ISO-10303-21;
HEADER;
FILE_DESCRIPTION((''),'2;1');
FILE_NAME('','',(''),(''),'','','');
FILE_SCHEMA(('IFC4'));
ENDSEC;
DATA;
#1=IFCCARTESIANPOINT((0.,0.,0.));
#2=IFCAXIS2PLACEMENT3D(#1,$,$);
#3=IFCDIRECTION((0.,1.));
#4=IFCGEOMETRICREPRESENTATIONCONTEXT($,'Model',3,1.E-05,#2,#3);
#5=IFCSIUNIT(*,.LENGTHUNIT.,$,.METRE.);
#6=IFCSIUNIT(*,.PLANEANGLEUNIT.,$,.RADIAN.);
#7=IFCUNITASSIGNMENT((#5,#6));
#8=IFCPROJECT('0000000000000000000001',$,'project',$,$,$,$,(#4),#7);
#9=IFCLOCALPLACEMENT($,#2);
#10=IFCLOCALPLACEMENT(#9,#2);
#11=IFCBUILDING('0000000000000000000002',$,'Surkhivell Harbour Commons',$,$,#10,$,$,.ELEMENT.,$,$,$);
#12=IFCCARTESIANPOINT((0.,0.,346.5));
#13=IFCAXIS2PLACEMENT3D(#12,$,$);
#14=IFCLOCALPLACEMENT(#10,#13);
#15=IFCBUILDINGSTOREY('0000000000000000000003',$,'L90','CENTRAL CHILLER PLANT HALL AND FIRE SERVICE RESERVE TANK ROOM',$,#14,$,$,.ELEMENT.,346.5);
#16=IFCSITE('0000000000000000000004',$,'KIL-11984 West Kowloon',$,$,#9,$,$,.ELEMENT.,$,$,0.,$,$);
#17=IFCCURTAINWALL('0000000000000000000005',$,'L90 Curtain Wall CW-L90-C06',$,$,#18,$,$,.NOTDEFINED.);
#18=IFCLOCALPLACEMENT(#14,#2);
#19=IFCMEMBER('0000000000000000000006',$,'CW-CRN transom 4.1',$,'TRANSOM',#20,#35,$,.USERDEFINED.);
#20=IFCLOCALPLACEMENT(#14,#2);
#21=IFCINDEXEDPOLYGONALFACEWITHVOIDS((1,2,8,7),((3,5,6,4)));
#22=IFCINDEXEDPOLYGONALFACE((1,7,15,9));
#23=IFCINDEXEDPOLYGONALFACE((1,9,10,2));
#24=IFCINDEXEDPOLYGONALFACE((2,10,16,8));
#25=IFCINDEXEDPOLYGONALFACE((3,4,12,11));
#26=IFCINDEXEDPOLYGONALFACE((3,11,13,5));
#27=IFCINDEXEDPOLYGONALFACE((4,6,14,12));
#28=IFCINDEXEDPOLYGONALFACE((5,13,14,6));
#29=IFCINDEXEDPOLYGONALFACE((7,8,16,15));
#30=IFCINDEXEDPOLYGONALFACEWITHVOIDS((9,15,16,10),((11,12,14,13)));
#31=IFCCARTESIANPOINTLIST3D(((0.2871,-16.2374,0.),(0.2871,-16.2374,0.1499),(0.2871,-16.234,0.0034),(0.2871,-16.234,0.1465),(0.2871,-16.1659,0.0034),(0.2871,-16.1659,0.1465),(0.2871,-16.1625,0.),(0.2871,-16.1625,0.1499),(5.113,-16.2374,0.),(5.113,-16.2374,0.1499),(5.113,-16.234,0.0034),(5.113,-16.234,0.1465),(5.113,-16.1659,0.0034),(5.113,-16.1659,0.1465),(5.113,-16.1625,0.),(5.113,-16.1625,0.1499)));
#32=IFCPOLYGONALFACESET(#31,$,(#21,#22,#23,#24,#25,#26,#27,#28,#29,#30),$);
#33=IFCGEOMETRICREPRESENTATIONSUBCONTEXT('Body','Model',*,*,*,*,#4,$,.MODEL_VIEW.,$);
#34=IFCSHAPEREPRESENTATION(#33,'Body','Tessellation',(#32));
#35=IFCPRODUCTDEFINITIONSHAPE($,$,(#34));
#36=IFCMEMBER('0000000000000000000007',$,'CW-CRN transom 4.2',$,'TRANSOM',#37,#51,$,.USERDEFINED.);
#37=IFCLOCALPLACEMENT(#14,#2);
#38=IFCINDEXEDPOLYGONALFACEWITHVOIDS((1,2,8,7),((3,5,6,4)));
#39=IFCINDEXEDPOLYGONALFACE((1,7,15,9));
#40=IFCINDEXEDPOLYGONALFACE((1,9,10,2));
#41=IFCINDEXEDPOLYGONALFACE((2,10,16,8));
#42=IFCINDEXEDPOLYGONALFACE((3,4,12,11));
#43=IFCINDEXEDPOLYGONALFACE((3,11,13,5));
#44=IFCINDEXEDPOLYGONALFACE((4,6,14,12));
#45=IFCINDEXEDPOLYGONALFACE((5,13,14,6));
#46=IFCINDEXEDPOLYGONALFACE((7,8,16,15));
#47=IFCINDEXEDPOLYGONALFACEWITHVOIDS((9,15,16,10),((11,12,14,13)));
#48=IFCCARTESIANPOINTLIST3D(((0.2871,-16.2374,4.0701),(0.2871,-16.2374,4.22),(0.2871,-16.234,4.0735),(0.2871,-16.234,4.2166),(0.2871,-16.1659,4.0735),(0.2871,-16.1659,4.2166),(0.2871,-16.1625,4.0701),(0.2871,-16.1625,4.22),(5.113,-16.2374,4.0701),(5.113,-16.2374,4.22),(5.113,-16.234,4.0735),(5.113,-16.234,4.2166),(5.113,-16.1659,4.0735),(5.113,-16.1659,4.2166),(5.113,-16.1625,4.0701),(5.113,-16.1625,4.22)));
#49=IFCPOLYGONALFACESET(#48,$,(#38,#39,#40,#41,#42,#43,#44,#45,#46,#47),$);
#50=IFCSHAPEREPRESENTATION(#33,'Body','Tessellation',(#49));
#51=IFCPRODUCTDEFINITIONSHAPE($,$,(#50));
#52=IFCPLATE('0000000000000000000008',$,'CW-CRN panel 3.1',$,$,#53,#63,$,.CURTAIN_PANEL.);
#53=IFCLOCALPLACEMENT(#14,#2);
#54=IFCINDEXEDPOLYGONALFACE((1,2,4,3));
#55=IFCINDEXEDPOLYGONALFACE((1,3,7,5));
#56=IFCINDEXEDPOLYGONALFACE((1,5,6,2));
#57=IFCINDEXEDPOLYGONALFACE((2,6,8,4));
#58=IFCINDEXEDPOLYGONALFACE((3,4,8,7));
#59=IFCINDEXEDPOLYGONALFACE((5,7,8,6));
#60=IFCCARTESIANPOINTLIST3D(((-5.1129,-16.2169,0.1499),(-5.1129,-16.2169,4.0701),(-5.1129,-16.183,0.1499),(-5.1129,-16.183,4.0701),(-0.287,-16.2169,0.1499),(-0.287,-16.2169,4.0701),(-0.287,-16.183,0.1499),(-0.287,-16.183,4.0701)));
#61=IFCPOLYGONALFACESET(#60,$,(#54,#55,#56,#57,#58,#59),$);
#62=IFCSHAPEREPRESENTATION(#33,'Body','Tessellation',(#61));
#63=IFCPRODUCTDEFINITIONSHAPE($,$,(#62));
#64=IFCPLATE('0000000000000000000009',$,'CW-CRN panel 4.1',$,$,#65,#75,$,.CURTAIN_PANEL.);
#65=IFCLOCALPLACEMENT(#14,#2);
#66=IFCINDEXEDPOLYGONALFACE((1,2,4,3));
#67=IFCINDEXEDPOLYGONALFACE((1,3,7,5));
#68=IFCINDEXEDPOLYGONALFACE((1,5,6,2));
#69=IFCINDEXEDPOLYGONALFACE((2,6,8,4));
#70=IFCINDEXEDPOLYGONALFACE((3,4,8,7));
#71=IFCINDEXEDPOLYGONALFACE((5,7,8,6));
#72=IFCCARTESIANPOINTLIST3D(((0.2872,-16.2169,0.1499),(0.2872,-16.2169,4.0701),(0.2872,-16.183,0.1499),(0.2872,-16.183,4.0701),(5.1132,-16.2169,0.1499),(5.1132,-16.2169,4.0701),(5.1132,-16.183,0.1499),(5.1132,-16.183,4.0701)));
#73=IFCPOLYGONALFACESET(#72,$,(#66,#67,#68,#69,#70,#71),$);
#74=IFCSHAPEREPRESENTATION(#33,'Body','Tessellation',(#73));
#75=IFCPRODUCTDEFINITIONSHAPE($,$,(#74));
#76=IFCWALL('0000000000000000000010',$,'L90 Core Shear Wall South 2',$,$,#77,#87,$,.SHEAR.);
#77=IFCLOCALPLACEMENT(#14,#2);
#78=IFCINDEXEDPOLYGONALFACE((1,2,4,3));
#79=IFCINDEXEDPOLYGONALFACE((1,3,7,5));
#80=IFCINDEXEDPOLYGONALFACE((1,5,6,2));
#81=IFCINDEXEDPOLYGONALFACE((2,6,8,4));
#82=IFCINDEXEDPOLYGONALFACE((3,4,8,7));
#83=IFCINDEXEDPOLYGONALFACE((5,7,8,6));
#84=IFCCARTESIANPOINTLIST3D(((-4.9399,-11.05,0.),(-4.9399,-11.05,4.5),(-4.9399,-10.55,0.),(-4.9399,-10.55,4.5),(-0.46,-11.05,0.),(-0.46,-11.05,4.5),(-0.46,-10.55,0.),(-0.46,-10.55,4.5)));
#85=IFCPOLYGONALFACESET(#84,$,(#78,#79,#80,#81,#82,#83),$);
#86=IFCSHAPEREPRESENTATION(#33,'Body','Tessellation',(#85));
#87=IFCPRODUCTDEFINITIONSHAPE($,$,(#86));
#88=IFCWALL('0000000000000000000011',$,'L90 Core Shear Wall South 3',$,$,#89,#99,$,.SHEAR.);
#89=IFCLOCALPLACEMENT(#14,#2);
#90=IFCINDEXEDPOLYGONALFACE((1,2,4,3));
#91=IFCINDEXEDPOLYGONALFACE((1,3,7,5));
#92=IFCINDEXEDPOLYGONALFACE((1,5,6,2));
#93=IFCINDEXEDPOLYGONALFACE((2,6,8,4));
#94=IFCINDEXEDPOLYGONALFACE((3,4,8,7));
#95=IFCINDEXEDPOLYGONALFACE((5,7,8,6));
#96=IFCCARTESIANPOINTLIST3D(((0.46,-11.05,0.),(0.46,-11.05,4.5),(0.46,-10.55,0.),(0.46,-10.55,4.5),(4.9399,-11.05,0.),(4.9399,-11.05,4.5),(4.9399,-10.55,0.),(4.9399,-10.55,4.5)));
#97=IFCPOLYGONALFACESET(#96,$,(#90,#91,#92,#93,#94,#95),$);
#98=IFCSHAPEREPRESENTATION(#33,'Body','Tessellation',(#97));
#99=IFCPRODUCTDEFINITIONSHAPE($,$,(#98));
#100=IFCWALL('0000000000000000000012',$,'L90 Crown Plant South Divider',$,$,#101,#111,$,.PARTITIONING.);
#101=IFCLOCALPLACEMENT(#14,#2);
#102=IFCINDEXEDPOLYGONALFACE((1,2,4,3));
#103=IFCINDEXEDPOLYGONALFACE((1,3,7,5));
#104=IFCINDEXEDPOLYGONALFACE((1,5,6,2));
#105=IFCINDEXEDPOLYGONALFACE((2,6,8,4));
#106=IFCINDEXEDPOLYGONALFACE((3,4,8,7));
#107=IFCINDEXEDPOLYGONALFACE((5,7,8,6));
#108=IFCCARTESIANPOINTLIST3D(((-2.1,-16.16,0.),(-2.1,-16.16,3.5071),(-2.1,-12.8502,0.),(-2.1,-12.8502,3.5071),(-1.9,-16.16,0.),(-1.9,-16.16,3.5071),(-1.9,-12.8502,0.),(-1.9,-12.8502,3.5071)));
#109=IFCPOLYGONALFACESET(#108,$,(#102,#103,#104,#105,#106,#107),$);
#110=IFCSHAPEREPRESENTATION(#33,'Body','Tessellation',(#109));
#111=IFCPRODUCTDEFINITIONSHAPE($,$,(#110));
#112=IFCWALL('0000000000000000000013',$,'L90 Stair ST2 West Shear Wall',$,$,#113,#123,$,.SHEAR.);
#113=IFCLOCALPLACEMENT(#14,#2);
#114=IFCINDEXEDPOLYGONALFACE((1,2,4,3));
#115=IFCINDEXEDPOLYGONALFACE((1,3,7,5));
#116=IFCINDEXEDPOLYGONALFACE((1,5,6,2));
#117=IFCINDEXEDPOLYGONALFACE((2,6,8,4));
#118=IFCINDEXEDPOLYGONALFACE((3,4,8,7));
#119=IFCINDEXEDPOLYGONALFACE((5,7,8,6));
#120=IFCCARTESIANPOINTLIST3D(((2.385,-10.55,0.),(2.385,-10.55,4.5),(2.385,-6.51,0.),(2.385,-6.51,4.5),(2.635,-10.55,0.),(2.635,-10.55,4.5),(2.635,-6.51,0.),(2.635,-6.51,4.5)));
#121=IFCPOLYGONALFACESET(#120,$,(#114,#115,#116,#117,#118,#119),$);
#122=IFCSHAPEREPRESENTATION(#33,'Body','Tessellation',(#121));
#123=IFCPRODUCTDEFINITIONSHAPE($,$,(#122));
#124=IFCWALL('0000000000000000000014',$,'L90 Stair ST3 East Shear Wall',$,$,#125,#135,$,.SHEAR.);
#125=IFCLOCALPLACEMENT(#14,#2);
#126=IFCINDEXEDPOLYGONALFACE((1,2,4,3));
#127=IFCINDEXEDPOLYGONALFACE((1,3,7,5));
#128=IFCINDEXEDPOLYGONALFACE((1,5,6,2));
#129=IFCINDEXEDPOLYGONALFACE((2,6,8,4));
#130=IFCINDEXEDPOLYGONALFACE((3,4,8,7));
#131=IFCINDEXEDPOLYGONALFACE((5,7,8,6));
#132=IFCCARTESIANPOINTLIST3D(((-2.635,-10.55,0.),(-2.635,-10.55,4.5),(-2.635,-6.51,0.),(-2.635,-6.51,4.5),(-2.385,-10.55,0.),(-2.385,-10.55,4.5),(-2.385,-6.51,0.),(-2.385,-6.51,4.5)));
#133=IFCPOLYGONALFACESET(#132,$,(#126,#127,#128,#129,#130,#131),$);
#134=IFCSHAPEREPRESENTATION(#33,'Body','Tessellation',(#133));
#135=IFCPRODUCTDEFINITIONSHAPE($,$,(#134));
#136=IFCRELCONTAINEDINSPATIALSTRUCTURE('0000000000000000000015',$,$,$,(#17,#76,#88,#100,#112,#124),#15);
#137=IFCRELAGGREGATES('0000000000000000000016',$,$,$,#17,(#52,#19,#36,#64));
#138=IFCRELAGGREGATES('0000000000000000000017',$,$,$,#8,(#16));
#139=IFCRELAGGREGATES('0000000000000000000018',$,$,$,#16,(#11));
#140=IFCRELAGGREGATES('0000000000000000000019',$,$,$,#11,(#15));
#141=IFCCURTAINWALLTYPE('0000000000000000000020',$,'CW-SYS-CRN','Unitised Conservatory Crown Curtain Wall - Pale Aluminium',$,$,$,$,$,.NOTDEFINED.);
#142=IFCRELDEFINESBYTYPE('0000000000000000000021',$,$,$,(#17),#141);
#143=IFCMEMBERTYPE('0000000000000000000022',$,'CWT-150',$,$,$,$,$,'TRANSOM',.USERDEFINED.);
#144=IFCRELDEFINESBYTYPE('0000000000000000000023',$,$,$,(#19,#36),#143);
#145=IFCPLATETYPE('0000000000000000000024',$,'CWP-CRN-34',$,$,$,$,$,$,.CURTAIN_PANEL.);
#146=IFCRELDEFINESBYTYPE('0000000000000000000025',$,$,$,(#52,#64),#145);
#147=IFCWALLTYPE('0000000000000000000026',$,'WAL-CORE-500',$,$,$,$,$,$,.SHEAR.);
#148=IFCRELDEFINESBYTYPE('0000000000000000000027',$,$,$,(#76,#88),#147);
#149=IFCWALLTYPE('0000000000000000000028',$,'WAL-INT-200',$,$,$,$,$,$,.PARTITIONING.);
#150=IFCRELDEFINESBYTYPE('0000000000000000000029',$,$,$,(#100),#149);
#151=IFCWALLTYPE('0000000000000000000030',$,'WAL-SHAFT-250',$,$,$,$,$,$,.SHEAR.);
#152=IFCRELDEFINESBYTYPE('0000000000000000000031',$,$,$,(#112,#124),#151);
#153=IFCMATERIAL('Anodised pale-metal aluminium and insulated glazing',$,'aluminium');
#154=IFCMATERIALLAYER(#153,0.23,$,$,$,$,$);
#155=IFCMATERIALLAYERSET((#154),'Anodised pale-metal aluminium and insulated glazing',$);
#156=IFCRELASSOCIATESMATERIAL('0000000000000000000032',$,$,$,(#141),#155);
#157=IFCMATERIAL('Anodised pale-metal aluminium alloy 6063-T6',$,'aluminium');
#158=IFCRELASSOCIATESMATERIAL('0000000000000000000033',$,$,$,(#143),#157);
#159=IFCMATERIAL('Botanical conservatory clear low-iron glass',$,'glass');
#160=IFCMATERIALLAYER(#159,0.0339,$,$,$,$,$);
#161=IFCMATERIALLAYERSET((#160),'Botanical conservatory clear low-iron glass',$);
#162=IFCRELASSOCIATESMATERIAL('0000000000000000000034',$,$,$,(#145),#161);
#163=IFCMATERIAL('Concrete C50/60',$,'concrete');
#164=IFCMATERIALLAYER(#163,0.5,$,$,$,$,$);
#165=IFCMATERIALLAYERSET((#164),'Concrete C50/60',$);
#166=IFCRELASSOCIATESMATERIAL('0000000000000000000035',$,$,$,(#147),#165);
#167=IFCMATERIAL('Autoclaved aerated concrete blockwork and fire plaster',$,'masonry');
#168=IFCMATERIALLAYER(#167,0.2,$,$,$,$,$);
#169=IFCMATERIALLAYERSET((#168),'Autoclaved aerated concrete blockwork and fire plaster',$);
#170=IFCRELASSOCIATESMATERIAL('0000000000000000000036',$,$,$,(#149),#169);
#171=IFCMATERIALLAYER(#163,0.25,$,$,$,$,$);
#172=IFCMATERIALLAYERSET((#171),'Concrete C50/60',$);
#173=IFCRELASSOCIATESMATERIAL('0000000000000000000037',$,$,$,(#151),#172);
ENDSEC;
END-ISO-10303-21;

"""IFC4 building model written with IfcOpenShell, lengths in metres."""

from ifc_helpers import new_model, si_unit, direction, frame, frame_2d, origin, origin_2d, place, context, subcontext, project, spatial, rectangle, hollow_rectangle, extrude, material, layer, layer_set, material_profile, profile_set, type_object, element, aggregate, save


model = new_model("IFC4")

# Units and contexts
model_context = context("Model", 3, precision=1e-05, world=origin(), true_north=direction((0.0, 1.0)))
body_context = subcontext(model_context, "Body", "Model", "MODEL_VIEW")
ifc_project = project(units=[si_unit("LENGTHUNIT", "METRE"), si_unit("PLANEANGLEUNIT", "RADIAN")], contexts=[model_context])

# Site, building, storey
site_placement = place(None, origin())
site = spatial("IfcSite", under=ifc_project, at=site_placement, Name="KIL-11984 West Kowloon", CompositionType="ELEMENT", RefElevation=0.0)
building_placement = place(site_placement, origin())
building = spatial("IfcBuilding", under=site, at=building_placement, Name="Surkhivell Harbour Commons", CompositionType="ELEMENT")
storey_placement = place(building_placement, frame((0.0, 0.0, 346.5)))
storey = spatial("IfcBuildingStorey", under=building, at=storey_placement, Name="L90", Description="CENTRAL CHILLER PLANT HALL AND FIRE SERVICE RESERVE TANK ROOM", CompositionType="ELEMENT", Elevation=346.5)

# Curtain wall, members, plates
ifc_material_1 = material(Name="Anodised pale-metal aluminium and insulated glazing", Category="aluminium")
ifc_layer_1 = layer(ifc_material_1, 0.23)
ifc_layer_set_1 = layer_set([ifc_layer_1], Name="Anodised pale-metal aluminium and insulated glazing")
curtain_wall_type = type_object("IfcCurtainWallType", Name="CW-SYS-CRN", Description="Unitised Conservatory Crown Curtain Wall - Pale Aluminium", PredefinedType="NOTDEFINED", material=ifc_layer_set_1)
curtain_wall_placement = place(storey_placement, origin())
curtain_wall = element("IfcCurtainWall", 1, at=curtain_wall_placement, inside=storey, type_object=curtain_wall_type, Name="L90 Curtain Wall CW-L90-C06", PredefinedType="NOTDEFINED")
ifc_material_2 = material(Name="Anodised pale-metal aluminium alloy 6063-T6", Category="aluminium")
ifc_material_profile_1 = material_profile(ifc_material_2, hollow_rectangle(XDim=0.075, YDim=0.1499, WallThickness=0.0034, at=origin_2d()), Name="ALU-TRAN-75x150")
ifc_profile_set_1 = profile_set([ifc_material_profile_1], Name="Anodised pale-metal aluminium alloy 6063-T6")
member_type_1 = type_object("IfcMemberType", Name="CWT-150", ElementType="TRANSOM", PredefinedType="USERDEFINED", material=ifc_profile_set_1)
member_1_placement = place(storey_placement, frame((0.2871, -16.2, 0.075), z_axis=(1.0, 0.0, 0.0), x_axis=(0.0, 1.0, 0.0)))
member_1 = element("IfcMember", 2, at=member_1_placement, type_object=member_type_1, Name="CW-CRN transom 4.1", ObjectType="TRANSOM", PredefinedType="USERDEFINED", context=body_context, shape_type="SweptSolid", body=[
    extrude(hollow_rectangle(XDim=0.075, YDim=0.1499, WallThickness=0.0034, at=origin_2d()), origin(), (0.0, 0.0, 1.0), 4.8259),
])
member_2_placement = place(storey_placement, frame((0.2871, -16.2, 4.145), z_axis=(1.0, 0.0, 0.0), x_axis=(0.0, 1.0, 0.0)))
member_2 = element("IfcMember", 3, at=member_2_placement, type_object=member_type_1, Name="CW-CRN transom 4.2", ObjectType="TRANSOM", PredefinedType="USERDEFINED", context=body_context, shape_type="SweptSolid", body=[
    extrude(hollow_rectangle(XDim=0.075, YDim=0.1499, WallThickness=0.0034, at=origin_2d()), origin(), (0.0, 0.0, 1.0), 4.8259),
])
ifc_material_3 = material(Name="Botanical conservatory clear low-iron glass", Category="glass")
ifc_layer_2 = layer(ifc_material_3, 0.0339)
ifc_layer_set_2 = layer_set([ifc_layer_2], Name="Botanical conservatory clear low-iron glass")
plate_type = type_object("IfcPlateType", Name="CWP-CRN-34", PredefinedType="CURTAIN_PANEL", material=ifc_layer_set_2)
plate_1_placement = place(storey_placement, frame((-5.113, -16.2, 0.1499), z_axis=(0.0, 0.0, 1.0), x_axis=(1.0, 0.0, 0.0)))
plate_1 = element("IfcPlate", 4, at=plate_1_placement, type_object=plate_type, Name="CW-CRN panel 3.1", PredefinedType="CURTAIN_PANEL", context=body_context, shape_type="SweptSolid", body=[
    extrude(rectangle(XDim=4.8259, YDim=0.0339, at=frame_2d((2.4131, 0.0))), origin(), (0.0, 0.0, 1.0), 3.9202),
])
plate_2_placement = place(storey_placement, frame((0.2871, -16.2, 0.1499), z_axis=(0.0, 0.0, 1.0), x_axis=(1.0, 0.0, 0.0)))
plate_2 = element("IfcPlate", 5, at=plate_2_placement, type_object=plate_type, Name="CW-CRN panel 4.1", PredefinedType="CURTAIN_PANEL", context=body_context, shape_type="SweptSolid", body=[
    extrude(rectangle(XDim=4.8259, YDim=0.0339, at=frame_2d((2.4131, 0.0))), origin(), (0.0, 0.0, 1.0), 3.9202),
])
aggregate(curtain_wall, [plate_1, member_1, member_2, plate_2])

# Walls
ifc_material_4 = material(Name="Concrete C50/60", Category="concrete")
ifc_layer_3 = layer(ifc_material_4, 0.5)
ifc_layer_set_3 = layer_set([ifc_layer_3], Name="Concrete C50/60")
wall_type_1 = type_object("IfcWallType", Name="WAL-CORE-500", PredefinedType="SHEAR", material=ifc_layer_set_3)
for number, where, z_axis, x_axis, name in (
    (6, (-4.9399, -10.8, 0.0), (0.0, 0.0, 1.0), (1.0, 0.0, 0.0), "L90 Core Shear Wall South 2"),
    (7, (0.46, -10.8, 0.0), (0.0, 0.0, 1.0), (1.0, 0.0, 0.0), "L90 Core Shear Wall South 3"),
):
    element("IfcWall", number, at=place(storey_placement, frame(where, z_axis=z_axis, x_axis=x_axis)), inside=storey, type_object=wall_type_1, Name=name, PredefinedType="SHEAR", context=body_context, shape_type="SweptSolid", body=[
        extrude(rectangle(XDim=4.48, YDim=0.5, at=frame_2d((2.24, 0.0))), origin(), (0.0, 0.0, 1.0), 4.5),
    ])
ifc_material_5 = material(Name="Autoclaved aerated concrete blockwork and fire plaster", Category="masonry")
ifc_layer_4 = layer(ifc_material_5, 0.2)
ifc_layer_set_4 = layer_set([ifc_layer_4], Name="Autoclaved aerated concrete blockwork and fire plaster")
wall_type_2 = type_object("IfcWallType", Name="WAL-INT-200", PredefinedType="PARTITIONING", material=ifc_layer_set_4)
wall_placement = place(storey_placement, frame((-2.0, -16.1599, 0.0), z_axis=(0.0, 0.0, 1.0), x_axis=(0.0, 1.0, 0.0)))
element("IfcWall", 8, at=wall_placement, inside=storey, type_object=wall_type_2, Name="L90 Crown Plant South Divider", PredefinedType="PARTITIONING", context=body_context, shape_type="SweptSolid", body=[
    extrude(rectangle(XDim=3.3098, YDim=0.2, at=frame_2d((1.6548, 0.0))), origin(), (0.0, 0.0, 1.0), 3.5071),
])
ifc_layer_5 = layer(ifc_material_4, 0.25)
ifc_layer_set_5 = layer_set([ifc_layer_5], Name="Concrete C50/60")
wall_type_3 = type_object("IfcWallType", Name="WAL-SHAFT-250", PredefinedType="SHEAR", material=ifc_layer_set_5)
for number, where, z_axis, x_axis, name in (
    (9, (2.51, -10.55, 0.0), (0.0, 0.0, 1.0), (0.0, 1.0, 0.0), "L90 Stair ST2 West Shear Wall"),
    (10, (-2.51, -10.55, 0.0), (0.0, 0.0, 1.0), (0.0, 1.0, 0.0), "L90 Stair ST3 East Shear Wall"),
):
    element("IfcWall", number, at=place(storey_placement, frame(where, z_axis=z_axis, x_axis=x_axis)), inside=storey, type_object=wall_type_3, Name=name, PredefinedType="SHEAR", context=body_context, shape_type="SweptSolid", body=[
        extrude(rectangle(XDim=4.04, YDim=0.25, at=frame_2d((2.02, 0.0))), origin(), (0.0, 0.0, 1.0), 4.5),
    ])

save(model, "model.ifc")
